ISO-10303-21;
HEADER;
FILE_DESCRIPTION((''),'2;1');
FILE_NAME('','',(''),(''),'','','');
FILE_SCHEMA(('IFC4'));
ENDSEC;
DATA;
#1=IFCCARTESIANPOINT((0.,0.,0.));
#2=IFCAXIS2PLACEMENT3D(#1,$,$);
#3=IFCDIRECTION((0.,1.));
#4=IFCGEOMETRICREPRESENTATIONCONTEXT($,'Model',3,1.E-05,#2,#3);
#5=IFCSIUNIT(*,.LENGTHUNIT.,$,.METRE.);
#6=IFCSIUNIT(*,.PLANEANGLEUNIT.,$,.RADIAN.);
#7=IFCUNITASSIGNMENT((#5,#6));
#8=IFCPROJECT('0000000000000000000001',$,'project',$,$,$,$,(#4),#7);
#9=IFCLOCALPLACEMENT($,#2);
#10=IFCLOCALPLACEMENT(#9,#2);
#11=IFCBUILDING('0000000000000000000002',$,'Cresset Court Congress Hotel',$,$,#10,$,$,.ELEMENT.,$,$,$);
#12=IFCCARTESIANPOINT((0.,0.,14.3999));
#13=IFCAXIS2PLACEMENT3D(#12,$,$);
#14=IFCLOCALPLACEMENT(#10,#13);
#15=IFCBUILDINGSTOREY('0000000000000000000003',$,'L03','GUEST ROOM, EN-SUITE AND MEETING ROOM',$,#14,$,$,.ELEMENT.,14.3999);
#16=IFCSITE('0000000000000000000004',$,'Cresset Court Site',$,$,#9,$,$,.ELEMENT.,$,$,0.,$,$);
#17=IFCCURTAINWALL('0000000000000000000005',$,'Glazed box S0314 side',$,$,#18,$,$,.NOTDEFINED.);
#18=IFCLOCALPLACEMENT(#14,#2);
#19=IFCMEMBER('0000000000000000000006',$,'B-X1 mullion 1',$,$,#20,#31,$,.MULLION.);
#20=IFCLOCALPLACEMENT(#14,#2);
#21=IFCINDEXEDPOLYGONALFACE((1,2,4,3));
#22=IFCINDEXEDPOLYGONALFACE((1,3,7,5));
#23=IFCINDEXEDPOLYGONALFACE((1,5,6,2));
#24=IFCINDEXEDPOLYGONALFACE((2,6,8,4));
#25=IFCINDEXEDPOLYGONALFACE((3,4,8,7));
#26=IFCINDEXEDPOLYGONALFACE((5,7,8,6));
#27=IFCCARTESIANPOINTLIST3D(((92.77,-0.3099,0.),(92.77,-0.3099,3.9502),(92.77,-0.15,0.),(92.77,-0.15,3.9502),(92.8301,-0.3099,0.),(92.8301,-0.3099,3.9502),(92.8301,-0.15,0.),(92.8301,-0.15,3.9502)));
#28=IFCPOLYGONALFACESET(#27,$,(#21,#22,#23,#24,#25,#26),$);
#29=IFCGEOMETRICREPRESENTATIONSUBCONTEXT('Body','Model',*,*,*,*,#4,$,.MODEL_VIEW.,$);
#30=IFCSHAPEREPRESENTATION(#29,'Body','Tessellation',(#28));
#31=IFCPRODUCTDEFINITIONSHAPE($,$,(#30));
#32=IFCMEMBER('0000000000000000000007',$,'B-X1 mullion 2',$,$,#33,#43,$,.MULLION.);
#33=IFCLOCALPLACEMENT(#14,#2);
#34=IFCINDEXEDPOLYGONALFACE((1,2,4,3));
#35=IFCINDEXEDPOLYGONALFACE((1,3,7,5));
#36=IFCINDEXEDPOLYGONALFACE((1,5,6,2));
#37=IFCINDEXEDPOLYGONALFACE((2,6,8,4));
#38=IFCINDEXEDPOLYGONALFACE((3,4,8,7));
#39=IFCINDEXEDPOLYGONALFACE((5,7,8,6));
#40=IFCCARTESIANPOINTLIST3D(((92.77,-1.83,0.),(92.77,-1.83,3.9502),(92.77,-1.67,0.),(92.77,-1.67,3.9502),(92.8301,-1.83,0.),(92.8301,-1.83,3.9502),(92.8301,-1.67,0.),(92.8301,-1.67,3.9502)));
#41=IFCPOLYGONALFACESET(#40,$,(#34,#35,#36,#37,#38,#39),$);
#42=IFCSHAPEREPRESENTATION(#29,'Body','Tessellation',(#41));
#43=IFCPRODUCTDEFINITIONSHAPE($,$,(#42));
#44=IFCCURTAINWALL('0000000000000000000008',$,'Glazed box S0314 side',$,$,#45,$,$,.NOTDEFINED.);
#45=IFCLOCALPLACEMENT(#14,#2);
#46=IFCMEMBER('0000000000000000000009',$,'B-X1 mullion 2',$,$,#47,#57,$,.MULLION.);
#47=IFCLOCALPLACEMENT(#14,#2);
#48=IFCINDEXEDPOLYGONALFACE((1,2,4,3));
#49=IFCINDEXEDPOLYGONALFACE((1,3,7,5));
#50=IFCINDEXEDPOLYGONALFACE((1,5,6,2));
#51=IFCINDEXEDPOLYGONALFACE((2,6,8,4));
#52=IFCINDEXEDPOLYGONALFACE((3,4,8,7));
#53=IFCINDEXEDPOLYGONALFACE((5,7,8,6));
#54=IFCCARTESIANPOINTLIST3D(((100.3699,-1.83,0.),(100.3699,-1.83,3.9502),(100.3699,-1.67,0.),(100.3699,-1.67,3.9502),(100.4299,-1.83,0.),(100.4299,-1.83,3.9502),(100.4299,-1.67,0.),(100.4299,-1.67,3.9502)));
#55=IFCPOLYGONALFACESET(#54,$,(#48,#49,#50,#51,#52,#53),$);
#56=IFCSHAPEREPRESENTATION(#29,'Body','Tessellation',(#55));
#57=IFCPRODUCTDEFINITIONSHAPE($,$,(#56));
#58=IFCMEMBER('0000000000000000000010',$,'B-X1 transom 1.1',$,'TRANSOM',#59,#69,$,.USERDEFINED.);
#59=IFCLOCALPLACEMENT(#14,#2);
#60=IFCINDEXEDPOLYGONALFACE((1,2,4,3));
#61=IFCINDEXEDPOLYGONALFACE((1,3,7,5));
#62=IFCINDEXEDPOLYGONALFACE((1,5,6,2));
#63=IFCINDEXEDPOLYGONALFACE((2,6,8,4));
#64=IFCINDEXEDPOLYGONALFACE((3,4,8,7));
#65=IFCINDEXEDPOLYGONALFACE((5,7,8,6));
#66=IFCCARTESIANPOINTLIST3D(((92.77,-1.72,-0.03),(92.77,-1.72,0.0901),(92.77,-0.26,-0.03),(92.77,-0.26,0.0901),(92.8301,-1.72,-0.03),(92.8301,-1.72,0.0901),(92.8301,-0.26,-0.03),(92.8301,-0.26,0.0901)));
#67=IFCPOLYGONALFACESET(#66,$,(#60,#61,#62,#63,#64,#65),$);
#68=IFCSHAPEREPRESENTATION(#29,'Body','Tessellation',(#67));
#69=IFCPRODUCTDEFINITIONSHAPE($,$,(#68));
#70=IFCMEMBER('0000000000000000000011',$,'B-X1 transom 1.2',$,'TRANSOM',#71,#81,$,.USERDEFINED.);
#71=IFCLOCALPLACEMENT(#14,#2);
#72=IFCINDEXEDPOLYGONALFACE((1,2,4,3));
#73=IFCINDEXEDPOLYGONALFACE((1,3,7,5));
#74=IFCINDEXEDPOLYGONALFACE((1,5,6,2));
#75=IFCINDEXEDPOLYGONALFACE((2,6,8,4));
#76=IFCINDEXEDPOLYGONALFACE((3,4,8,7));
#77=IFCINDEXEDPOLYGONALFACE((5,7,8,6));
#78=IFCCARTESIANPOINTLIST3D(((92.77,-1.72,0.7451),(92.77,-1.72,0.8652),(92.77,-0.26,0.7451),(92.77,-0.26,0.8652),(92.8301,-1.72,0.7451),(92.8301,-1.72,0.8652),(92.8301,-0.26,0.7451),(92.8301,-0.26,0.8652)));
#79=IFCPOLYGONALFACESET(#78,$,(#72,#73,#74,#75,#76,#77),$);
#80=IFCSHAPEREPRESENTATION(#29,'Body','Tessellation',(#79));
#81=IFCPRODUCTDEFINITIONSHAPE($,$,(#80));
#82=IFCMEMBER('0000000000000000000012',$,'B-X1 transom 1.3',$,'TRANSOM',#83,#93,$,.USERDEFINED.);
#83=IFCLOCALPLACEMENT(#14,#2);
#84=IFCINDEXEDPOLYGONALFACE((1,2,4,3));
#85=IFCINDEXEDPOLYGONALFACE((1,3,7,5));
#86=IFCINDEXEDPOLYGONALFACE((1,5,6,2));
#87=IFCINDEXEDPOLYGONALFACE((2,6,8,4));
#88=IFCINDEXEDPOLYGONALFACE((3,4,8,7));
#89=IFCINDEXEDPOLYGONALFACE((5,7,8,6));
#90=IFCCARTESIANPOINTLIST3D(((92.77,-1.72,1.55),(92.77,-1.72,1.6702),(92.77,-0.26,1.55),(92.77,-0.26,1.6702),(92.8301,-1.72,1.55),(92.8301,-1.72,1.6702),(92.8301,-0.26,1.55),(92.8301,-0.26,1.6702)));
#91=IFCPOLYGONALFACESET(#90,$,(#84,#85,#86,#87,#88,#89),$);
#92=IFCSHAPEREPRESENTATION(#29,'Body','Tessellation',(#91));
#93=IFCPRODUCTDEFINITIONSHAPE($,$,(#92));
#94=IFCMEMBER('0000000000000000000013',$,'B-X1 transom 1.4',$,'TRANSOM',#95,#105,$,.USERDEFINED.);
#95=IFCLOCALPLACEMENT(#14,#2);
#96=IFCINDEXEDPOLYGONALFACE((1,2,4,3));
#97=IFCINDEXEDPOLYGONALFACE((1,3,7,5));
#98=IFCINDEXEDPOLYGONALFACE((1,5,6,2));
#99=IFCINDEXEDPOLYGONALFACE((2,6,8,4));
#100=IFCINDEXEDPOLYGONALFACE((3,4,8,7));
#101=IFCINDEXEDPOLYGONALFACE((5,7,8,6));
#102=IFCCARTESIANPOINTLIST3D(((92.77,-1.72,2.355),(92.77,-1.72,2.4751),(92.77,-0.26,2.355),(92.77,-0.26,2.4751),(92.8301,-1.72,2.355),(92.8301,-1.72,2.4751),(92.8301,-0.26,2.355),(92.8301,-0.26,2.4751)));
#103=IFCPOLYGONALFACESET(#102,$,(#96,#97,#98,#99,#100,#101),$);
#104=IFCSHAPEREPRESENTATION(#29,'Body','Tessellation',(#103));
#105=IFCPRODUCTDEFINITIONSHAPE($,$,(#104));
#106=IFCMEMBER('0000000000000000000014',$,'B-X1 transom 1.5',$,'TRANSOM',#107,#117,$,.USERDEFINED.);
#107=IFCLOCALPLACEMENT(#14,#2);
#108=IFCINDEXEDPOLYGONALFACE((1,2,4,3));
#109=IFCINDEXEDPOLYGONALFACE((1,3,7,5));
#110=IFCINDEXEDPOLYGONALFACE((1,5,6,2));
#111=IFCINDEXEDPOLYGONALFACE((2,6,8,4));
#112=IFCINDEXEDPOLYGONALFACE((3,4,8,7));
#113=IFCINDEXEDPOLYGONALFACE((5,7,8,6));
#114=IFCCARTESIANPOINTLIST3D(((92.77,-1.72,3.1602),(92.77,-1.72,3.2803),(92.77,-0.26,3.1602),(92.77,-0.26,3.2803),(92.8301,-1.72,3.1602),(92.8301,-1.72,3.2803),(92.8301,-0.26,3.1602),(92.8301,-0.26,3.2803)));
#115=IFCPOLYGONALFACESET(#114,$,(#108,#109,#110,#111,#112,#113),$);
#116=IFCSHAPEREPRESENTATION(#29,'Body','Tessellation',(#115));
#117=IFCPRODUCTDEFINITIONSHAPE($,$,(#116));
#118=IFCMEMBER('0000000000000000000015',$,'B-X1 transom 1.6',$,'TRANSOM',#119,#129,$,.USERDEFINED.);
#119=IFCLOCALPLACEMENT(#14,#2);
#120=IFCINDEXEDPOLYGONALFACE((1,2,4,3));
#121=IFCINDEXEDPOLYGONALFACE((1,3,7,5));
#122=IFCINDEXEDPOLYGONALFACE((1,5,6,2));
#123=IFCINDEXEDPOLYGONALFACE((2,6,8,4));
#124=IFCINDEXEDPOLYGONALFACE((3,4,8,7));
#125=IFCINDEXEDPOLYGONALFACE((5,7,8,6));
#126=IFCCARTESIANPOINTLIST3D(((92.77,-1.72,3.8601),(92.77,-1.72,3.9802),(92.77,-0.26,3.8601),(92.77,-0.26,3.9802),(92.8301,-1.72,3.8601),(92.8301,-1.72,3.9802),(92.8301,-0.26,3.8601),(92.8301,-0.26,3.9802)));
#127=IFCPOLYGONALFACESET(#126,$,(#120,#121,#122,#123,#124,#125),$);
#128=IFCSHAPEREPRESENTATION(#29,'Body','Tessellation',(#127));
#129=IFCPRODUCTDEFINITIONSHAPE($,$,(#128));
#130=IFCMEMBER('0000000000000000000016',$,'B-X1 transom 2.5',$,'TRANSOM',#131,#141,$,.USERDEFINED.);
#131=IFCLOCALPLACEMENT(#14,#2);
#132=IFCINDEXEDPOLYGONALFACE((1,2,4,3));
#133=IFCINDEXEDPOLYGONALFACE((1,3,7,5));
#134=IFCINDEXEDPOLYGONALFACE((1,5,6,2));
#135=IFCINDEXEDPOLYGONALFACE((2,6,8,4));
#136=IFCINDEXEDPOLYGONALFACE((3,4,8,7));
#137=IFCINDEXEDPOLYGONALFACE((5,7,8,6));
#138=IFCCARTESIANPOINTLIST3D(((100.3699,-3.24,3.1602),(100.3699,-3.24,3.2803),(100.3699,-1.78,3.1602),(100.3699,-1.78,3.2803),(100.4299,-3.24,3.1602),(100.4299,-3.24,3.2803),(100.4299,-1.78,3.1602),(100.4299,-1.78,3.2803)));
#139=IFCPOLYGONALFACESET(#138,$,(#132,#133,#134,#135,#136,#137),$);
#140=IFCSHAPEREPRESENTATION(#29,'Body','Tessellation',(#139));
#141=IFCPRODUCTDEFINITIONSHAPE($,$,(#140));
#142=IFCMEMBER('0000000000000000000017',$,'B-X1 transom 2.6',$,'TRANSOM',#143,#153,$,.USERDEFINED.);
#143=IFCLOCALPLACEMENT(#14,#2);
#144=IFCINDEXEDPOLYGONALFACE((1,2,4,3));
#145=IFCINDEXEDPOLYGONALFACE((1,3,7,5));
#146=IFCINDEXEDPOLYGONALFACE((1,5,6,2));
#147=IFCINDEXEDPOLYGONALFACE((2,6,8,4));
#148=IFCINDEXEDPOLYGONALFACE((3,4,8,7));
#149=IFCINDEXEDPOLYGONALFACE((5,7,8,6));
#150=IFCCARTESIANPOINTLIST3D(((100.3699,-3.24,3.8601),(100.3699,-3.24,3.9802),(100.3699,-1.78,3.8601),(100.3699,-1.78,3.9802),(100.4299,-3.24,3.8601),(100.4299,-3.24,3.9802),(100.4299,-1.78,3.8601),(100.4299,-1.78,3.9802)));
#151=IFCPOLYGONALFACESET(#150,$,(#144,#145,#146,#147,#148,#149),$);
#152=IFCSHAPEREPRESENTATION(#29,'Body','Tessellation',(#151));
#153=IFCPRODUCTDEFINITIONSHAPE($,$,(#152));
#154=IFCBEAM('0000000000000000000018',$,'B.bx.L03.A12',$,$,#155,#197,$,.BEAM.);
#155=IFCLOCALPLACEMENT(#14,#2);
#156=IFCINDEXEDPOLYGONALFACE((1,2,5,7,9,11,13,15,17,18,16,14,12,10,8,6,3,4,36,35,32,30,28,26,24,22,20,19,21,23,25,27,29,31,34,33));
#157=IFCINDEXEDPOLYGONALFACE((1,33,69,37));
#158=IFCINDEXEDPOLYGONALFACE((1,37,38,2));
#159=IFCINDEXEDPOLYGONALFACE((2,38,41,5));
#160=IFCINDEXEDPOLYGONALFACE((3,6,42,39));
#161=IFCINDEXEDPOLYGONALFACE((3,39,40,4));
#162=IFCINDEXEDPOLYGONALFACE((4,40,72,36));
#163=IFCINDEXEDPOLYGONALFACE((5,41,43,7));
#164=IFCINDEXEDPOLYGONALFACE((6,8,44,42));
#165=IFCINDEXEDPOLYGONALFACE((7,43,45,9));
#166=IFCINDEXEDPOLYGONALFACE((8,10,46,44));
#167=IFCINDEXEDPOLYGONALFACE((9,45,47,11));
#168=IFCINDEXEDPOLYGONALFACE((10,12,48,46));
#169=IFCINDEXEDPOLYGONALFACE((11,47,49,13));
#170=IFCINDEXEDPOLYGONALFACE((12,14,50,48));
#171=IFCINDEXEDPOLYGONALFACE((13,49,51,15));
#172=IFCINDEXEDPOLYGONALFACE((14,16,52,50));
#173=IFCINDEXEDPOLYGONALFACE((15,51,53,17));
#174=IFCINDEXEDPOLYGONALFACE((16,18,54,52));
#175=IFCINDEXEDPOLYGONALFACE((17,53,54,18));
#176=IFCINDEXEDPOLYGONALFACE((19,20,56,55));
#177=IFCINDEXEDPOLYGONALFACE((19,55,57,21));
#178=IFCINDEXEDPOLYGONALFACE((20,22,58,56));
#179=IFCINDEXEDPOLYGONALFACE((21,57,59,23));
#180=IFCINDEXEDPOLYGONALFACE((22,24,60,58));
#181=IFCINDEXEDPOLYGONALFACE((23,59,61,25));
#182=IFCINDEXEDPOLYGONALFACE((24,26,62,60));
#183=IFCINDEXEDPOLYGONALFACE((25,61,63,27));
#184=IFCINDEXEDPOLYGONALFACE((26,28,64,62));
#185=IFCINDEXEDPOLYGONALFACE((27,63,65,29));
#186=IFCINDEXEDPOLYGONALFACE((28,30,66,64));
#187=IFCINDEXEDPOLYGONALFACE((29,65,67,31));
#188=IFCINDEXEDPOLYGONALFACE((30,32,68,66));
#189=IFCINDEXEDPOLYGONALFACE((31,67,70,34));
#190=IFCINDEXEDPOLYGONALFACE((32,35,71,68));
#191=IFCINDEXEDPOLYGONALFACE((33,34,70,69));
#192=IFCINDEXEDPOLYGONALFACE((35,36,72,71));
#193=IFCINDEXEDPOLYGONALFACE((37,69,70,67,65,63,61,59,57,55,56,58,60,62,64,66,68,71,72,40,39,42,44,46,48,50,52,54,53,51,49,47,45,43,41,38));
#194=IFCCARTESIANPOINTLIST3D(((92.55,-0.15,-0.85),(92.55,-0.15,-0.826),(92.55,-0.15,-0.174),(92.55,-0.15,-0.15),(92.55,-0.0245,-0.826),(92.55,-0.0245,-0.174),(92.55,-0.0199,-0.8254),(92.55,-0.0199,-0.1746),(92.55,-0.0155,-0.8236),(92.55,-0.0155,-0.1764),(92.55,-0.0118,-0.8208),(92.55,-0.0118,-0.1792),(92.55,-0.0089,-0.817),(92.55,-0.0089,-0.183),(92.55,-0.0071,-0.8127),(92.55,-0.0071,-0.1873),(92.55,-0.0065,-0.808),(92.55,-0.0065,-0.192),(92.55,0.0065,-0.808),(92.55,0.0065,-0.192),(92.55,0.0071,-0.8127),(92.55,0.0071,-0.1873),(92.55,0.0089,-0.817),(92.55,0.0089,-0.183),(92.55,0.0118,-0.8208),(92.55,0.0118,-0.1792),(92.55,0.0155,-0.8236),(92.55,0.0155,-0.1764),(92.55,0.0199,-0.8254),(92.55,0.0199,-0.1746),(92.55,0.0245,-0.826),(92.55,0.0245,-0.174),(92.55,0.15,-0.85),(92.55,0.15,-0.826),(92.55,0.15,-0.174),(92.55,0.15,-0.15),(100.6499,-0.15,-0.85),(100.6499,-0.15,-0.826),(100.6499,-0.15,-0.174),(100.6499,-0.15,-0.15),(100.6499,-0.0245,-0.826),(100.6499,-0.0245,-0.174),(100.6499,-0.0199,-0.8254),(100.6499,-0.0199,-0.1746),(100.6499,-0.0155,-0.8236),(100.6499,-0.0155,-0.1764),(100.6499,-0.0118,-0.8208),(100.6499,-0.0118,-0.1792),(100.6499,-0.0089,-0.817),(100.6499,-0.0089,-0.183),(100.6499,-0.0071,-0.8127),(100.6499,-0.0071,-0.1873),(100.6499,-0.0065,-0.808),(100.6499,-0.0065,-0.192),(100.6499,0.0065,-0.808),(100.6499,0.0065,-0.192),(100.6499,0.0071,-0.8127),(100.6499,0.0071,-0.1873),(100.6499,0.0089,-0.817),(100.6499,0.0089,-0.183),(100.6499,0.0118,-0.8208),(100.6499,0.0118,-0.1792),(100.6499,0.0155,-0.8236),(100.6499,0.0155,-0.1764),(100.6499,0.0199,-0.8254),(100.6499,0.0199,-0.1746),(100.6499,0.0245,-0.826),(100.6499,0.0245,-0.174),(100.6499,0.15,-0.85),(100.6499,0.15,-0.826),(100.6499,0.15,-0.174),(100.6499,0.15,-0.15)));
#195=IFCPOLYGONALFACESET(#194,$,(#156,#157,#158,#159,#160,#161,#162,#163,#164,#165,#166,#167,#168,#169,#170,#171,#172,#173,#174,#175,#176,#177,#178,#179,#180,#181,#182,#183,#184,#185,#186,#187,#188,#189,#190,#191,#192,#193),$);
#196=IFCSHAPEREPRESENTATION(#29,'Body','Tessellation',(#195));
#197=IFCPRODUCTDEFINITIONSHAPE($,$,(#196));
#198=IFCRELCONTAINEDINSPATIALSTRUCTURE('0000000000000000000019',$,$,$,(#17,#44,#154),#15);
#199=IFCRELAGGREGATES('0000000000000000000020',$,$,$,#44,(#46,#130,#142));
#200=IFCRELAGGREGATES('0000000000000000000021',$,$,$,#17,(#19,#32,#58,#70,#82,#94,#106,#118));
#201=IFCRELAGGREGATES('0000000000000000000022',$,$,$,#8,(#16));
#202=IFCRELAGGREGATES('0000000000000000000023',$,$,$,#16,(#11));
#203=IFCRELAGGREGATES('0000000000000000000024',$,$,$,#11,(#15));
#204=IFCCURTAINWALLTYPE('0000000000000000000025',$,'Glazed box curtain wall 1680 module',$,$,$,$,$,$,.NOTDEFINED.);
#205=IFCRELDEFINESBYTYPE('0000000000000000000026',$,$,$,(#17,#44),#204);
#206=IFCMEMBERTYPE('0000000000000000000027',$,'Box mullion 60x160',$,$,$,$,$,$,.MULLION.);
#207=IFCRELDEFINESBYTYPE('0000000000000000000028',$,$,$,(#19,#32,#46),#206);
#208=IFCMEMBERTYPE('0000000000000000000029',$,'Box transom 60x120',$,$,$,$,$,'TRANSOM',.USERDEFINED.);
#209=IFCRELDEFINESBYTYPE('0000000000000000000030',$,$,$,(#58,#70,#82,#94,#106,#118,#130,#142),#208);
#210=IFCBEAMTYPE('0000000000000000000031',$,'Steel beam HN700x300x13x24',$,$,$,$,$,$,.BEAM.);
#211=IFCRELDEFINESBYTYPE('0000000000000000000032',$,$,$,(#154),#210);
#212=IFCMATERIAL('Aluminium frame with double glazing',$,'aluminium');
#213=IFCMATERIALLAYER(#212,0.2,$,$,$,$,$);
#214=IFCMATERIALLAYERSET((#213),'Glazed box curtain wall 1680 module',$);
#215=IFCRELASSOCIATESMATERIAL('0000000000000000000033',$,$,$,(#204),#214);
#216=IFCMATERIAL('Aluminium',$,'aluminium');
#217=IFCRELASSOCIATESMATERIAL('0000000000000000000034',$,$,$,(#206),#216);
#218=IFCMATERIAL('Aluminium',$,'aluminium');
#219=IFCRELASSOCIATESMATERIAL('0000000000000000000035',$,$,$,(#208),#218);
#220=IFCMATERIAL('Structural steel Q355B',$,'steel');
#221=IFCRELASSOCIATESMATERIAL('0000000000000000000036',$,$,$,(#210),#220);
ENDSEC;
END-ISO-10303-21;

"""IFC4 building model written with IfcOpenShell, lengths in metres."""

from ifc_helpers import new_model, si_unit, direction, frame, origin, origin_2d, place, context, subcontext, project, spatial, rectangle, i_section, extrude, material, layer, layer_set, material_profile, profile_set, type_object, element, aggregate, save


model = new_model("IFC4")

# Units and contexts
model_context = context("Model", 3, precision=1e-05, world=origin(), true_north=direction((0.0, 1.0)))
body_context = subcontext(model_context, "Body", "Model", "MODEL_VIEW")
ifc_project = project(units=[si_unit("LENGTHUNIT", "METRE"), si_unit("PLANEANGLEUNIT", "RADIAN")], contexts=[model_context])

# Site, building, storey
site_placement = place(None, origin())
site = spatial("IfcSite", under=ifc_project, at=site_placement, Name="Cresset Court Site", CompositionType="ELEMENT", RefElevation=0.0)
building_placement = place(site_placement, origin())
building = spatial("IfcBuilding", under=site, at=building_placement, Name="Cresset Court Congress Hotel", CompositionType="ELEMENT")
storey_placement = place(building_placement, frame((0.0, 0.0, 14.3999)))
storey = spatial("IfcBuildingStorey", under=building, at=storey_placement, Name="L03", Description="GUEST ROOM, EN-SUITE AND MEETING ROOM", CompositionType="ELEMENT", Elevation=14.3999)

# Curtain wall, members
ifc_material_1 = material(Name="Aluminium frame with double glazing", Category="aluminium")
ifc_layer_1 = layer(ifc_material_1, 0.2)
ifc_layer_set_1 = layer_set([ifc_layer_1], Name="Glazed box curtain wall 1680 module")
curtain_wall_type = type_object("IfcCurtainWallType", Name="Glazed box curtain wall 1680 module", PredefinedType="NOTDEFINED", material=ifc_layer_set_1)
curtain_wall_1_placement = place(storey_placement, origin())
curtain_wall_1 = element("IfcCurtainWall", 1, at=curtain_wall_1_placement, inside=storey, type_object=curtain_wall_type, Name="Glazed box S0314 side", PredefinedType="NOTDEFINED")
ifc_material_2 = material(Name="Aluminium", Category="aluminium")
ifc_material_profile_1 = material_profile(ifc_material_2, rectangle(XDim=0.0601, YDim=0.1599, at=origin_2d()), Name="Box mullion 60x160")
ifc_profile_set_1 = profile_set([ifc_material_profile_1], Name="Aluminium")
member_type_1 = type_object("IfcMemberType", Name="Box mullion 60x160", PredefinedType="MULLION", material=ifc_profile_set_1)
member_1_placement = place(storey_placement, frame((92.8, -0.23, 0.0), z_axis=(0.0, 0.0, 1.0), x_axis=(1.0, 0.0, 0.0)))
member_1 = element("IfcMember", 2, at=member_1_placement, type_object=member_type_1, Name="B-X1 mullion 1", PredefinedType="MULLION", context=body_context, shape_type="SweptSolid", body=[
    extrude(rectangle(XDim=0.0601, YDim=0.1599, at=origin_2d()), origin(), (0.0, 0.0, 1.0), 3.9502),
])
member_2_placement = place(storey_placement, frame((92.8, -1.75, 0.0), z_axis=(0.0, 0.0, 1.0), x_axis=(1.0, 0.0, 0.0)))
member_2 = element("IfcMember", 3, at=member_2_placement, type_object=member_type_1, Name="B-X1 mullion 2", PredefinedType="MULLION", context=body_context, shape_type="SweptSolid", body=[
    extrude(rectangle(XDim=0.0601, YDim=0.1599, at=origin_2d()), origin(), (0.0, 0.0, 1.0), 3.9502),
])

# Curtain wall, member
curtain_wall_2_placement = place(storey_placement, origin())
curtain_wall_2 = element("IfcCurtainWall", 4, at=curtain_wall_2_placement, inside=storey, type_object=curtain_wall_type, Name="Glazed box S0314 side", PredefinedType="NOTDEFINED")
member_3_placement = place(storey_placement, frame((100.3999, -1.75, 0.0), z_axis=(0.0, 0.0, 1.0), x_axis=(1.0, 0.0, 0.0)))
member_3 = element("IfcMember", 5, at=member_3_placement, type_object=member_type_1, Name="B-X1 mullion 2", PredefinedType="MULLION", context=body_context, shape_type="SweptSolid", body=[
    extrude(rectangle(XDim=0.0601, YDim=0.1599, at=origin_2d()), origin(), (0.0, 0.0, 1.0), 3.9502),
])

# Members
ifc_material_3 = material(Name="Aluminium", Category="aluminium")
ifc_material_profile_2 = material_profile(ifc_material_3, rectangle(XDim=0.0601, YDim=0.1201, at=origin_2d()), Name="Box transom 60x120")
ifc_profile_set_2 = profile_set([ifc_material_profile_2], Name="Aluminium")
member_type_2 = type_object("IfcMemberType", Name="Box transom 60x120", ElementType="TRANSOM", PredefinedType="USERDEFINED", material=ifc_profile_set_2)
member_4_placement = place(storey_placement, frame((92.8, -0.26, 0.03), z_axis=(0.0, -1.0, 0.0), x_axis=(1.0, 0.0, 0.0)))
member_4 = element("IfcMember", 6, at=member_4_placement, type_object=member_type_2, Name="B-X1 transom 1.1", ObjectType="TRANSOM", PredefinedType="USERDEFINED", context=body_context, shape_type="SweptSolid", body=[
    extrude(rectangle(XDim=0.0601, YDim=0.1201, at=origin_2d()), origin(), (0.0, 0.0, 1.0), 1.46),
])
member_5_placement = place(storey_placement, frame((92.8, -0.26, 0.8052), z_axis=(0.0, -1.0, 0.0), x_axis=(1.0, 0.0, 0.0)))
member_5 = element("IfcMember", 7, at=member_5_placement, type_object=member_type_2, Name="B-X1 transom 1.2", ObjectType="TRANSOM", PredefinedType="USERDEFINED", context=body_context, shape_type="SweptSolid", body=[
    extrude(rectangle(XDim=0.0601, YDim=0.1201, at=origin_2d()), origin(), (0.0, 0.0, 1.0), 1.46),
])
member_6_placement = place(storey_placement, frame((92.8, -0.26, 1.6101), z_axis=(0.0, -1.0, 0.0), x_axis=(1.0, 0.0, 0.0)))
member_6 = element("IfcMember", 8, at=member_6_placement, type_object=member_type_2, Name="B-X1 transom 1.3", ObjectType="TRANSOM", PredefinedType="USERDEFINED", context=body_context, shape_type="SweptSolid", body=[
    extrude(rectangle(XDim=0.0601, YDim=0.1201, at=origin_2d()), origin(), (0.0, 0.0, 1.0), 1.46),
])
member_7_placement = place(storey_placement, frame((92.8, -0.26, 2.415), z_axis=(0.0, -1.0, 0.0), x_axis=(1.0, 0.0, 0.0)))
member_7 = element("IfcMember", 9, at=member_7_placement, type_object=member_type_2, Name="B-X1 transom 1.4", ObjectType="TRANSOM", PredefinedType="USERDEFINED", context=body_context, shape_type="SweptSolid", body=[
    extrude(rectangle(XDim=0.0601, YDim=0.1201, at=origin_2d()), origin(), (0.0, 0.0, 1.0), 1.46),
])
member_8_placement = place(storey_placement, frame((92.8, -0.26, 3.2202), z_axis=(0.0, -1.0, 0.0), x_axis=(1.0, 0.0, 0.0)))
member_8 = element("IfcMember", 10, at=member_8_placement, type_object=member_type_2, Name="B-X1 transom 1.5", ObjectType="TRANSOM", PredefinedType="USERDEFINED", context=body_context, shape_type="SweptSolid", body=[
    extrude(rectangle(XDim=0.0601, YDim=0.1201, at=origin_2d()), origin(), (0.0, 0.0, 1.0), 1.46),
])
member_9_placement = place(storey_placement, frame((92.8, -0.26, 3.9202), z_axis=(0.0, -1.0, 0.0), x_axis=(1.0, 0.0, 0.0)))
member_9 = element("IfcMember", 11, at=member_9_placement, type_object=member_type_2, Name="B-X1 transom 1.6", ObjectType="TRANSOM", PredefinedType="USERDEFINED", context=body_context, shape_type="SweptSolid", body=[
    extrude(rectangle(XDim=0.0601, YDim=0.1201, at=origin_2d()), origin(), (0.0, 0.0, 1.0), 1.46),
])
member_10_placement = place(storey_placement, frame((100.3999, -1.78, 3.2202), z_axis=(0.0, -1.0, 0.0), x_axis=(1.0, 0.0, 0.0)))
member_10 = element("IfcMember", 12, at=member_10_placement, type_object=member_type_2, Name="B-X1 transom 2.5", ObjectType="TRANSOM", PredefinedType="USERDEFINED", context=body_context, shape_type="SweptSolid", body=[
    extrude(rectangle(XDim=0.0601, YDim=0.1201, at=origin_2d()), origin(), (0.0, 0.0, 1.0), 1.46),
])
member_11_placement = place(storey_placement, frame((100.3999, -1.78, 3.9202), z_axis=(0.0, -1.0, 0.0), x_axis=(1.0, 0.0, 0.0)))
member_11 = element("IfcMember", 13, at=member_11_placement, type_object=member_type_2, Name="B-X1 transom 2.6", ObjectType="TRANSOM", PredefinedType="USERDEFINED", context=body_context, shape_type="SweptSolid", body=[
    extrude(rectangle(XDim=0.0601, YDim=0.1201, at=origin_2d()), origin(), (0.0, 0.0, 1.0), 1.46),
])

# Beam
ifc_material_4 = material(Name="Structural steel Q355B", Category="steel")
ifc_material_profile_3 = material_profile(ifc_material_4, i_section(OverallWidth=0.3, OverallDepth=0.7, WebThickness=0.0129, FlangeThickness=0.0239, FilletRadius=0.0181, at=origin_2d()), Name="HN700x300x13x24")
ifc_profile_set_3 = profile_set([ifc_material_profile_3], Name="Structural steel Q355B")
beam_type = type_object("IfcBeamType", Name="Steel beam HN700x300x13x24", PredefinedType="BEAM", material=ifc_profile_set_3)
beam_placement = place(storey_placement, frame((92.55, 0.0, -0.5), z_axis=(1.0, 0.0, 0.0), x_axis=(0.0, 1.0, 0.0)))
element("IfcBeam", 14, at=beam_placement, inside=storey, type_object=beam_type, Name="B.bx.L03.A12", PredefinedType="BEAM", context=body_context, shape_type="SweptSolid", body=[
    extrude(i_section(OverallWidth=0.3, OverallDepth=0.7, WebThickness=0.0129, FlangeThickness=0.0239, FilletRadius=0.0181, at=origin_2d()), origin(), (0.0, 0.0, 1.0), 8.0999),
])

aggregate(curtain_wall_2, [member_3, member_10, member_11])
aggregate(curtain_wall_1, [member_1, member_2, member_4, member_5, member_6, member_7, member_8, member_9])

save(model, "model.ifc")
